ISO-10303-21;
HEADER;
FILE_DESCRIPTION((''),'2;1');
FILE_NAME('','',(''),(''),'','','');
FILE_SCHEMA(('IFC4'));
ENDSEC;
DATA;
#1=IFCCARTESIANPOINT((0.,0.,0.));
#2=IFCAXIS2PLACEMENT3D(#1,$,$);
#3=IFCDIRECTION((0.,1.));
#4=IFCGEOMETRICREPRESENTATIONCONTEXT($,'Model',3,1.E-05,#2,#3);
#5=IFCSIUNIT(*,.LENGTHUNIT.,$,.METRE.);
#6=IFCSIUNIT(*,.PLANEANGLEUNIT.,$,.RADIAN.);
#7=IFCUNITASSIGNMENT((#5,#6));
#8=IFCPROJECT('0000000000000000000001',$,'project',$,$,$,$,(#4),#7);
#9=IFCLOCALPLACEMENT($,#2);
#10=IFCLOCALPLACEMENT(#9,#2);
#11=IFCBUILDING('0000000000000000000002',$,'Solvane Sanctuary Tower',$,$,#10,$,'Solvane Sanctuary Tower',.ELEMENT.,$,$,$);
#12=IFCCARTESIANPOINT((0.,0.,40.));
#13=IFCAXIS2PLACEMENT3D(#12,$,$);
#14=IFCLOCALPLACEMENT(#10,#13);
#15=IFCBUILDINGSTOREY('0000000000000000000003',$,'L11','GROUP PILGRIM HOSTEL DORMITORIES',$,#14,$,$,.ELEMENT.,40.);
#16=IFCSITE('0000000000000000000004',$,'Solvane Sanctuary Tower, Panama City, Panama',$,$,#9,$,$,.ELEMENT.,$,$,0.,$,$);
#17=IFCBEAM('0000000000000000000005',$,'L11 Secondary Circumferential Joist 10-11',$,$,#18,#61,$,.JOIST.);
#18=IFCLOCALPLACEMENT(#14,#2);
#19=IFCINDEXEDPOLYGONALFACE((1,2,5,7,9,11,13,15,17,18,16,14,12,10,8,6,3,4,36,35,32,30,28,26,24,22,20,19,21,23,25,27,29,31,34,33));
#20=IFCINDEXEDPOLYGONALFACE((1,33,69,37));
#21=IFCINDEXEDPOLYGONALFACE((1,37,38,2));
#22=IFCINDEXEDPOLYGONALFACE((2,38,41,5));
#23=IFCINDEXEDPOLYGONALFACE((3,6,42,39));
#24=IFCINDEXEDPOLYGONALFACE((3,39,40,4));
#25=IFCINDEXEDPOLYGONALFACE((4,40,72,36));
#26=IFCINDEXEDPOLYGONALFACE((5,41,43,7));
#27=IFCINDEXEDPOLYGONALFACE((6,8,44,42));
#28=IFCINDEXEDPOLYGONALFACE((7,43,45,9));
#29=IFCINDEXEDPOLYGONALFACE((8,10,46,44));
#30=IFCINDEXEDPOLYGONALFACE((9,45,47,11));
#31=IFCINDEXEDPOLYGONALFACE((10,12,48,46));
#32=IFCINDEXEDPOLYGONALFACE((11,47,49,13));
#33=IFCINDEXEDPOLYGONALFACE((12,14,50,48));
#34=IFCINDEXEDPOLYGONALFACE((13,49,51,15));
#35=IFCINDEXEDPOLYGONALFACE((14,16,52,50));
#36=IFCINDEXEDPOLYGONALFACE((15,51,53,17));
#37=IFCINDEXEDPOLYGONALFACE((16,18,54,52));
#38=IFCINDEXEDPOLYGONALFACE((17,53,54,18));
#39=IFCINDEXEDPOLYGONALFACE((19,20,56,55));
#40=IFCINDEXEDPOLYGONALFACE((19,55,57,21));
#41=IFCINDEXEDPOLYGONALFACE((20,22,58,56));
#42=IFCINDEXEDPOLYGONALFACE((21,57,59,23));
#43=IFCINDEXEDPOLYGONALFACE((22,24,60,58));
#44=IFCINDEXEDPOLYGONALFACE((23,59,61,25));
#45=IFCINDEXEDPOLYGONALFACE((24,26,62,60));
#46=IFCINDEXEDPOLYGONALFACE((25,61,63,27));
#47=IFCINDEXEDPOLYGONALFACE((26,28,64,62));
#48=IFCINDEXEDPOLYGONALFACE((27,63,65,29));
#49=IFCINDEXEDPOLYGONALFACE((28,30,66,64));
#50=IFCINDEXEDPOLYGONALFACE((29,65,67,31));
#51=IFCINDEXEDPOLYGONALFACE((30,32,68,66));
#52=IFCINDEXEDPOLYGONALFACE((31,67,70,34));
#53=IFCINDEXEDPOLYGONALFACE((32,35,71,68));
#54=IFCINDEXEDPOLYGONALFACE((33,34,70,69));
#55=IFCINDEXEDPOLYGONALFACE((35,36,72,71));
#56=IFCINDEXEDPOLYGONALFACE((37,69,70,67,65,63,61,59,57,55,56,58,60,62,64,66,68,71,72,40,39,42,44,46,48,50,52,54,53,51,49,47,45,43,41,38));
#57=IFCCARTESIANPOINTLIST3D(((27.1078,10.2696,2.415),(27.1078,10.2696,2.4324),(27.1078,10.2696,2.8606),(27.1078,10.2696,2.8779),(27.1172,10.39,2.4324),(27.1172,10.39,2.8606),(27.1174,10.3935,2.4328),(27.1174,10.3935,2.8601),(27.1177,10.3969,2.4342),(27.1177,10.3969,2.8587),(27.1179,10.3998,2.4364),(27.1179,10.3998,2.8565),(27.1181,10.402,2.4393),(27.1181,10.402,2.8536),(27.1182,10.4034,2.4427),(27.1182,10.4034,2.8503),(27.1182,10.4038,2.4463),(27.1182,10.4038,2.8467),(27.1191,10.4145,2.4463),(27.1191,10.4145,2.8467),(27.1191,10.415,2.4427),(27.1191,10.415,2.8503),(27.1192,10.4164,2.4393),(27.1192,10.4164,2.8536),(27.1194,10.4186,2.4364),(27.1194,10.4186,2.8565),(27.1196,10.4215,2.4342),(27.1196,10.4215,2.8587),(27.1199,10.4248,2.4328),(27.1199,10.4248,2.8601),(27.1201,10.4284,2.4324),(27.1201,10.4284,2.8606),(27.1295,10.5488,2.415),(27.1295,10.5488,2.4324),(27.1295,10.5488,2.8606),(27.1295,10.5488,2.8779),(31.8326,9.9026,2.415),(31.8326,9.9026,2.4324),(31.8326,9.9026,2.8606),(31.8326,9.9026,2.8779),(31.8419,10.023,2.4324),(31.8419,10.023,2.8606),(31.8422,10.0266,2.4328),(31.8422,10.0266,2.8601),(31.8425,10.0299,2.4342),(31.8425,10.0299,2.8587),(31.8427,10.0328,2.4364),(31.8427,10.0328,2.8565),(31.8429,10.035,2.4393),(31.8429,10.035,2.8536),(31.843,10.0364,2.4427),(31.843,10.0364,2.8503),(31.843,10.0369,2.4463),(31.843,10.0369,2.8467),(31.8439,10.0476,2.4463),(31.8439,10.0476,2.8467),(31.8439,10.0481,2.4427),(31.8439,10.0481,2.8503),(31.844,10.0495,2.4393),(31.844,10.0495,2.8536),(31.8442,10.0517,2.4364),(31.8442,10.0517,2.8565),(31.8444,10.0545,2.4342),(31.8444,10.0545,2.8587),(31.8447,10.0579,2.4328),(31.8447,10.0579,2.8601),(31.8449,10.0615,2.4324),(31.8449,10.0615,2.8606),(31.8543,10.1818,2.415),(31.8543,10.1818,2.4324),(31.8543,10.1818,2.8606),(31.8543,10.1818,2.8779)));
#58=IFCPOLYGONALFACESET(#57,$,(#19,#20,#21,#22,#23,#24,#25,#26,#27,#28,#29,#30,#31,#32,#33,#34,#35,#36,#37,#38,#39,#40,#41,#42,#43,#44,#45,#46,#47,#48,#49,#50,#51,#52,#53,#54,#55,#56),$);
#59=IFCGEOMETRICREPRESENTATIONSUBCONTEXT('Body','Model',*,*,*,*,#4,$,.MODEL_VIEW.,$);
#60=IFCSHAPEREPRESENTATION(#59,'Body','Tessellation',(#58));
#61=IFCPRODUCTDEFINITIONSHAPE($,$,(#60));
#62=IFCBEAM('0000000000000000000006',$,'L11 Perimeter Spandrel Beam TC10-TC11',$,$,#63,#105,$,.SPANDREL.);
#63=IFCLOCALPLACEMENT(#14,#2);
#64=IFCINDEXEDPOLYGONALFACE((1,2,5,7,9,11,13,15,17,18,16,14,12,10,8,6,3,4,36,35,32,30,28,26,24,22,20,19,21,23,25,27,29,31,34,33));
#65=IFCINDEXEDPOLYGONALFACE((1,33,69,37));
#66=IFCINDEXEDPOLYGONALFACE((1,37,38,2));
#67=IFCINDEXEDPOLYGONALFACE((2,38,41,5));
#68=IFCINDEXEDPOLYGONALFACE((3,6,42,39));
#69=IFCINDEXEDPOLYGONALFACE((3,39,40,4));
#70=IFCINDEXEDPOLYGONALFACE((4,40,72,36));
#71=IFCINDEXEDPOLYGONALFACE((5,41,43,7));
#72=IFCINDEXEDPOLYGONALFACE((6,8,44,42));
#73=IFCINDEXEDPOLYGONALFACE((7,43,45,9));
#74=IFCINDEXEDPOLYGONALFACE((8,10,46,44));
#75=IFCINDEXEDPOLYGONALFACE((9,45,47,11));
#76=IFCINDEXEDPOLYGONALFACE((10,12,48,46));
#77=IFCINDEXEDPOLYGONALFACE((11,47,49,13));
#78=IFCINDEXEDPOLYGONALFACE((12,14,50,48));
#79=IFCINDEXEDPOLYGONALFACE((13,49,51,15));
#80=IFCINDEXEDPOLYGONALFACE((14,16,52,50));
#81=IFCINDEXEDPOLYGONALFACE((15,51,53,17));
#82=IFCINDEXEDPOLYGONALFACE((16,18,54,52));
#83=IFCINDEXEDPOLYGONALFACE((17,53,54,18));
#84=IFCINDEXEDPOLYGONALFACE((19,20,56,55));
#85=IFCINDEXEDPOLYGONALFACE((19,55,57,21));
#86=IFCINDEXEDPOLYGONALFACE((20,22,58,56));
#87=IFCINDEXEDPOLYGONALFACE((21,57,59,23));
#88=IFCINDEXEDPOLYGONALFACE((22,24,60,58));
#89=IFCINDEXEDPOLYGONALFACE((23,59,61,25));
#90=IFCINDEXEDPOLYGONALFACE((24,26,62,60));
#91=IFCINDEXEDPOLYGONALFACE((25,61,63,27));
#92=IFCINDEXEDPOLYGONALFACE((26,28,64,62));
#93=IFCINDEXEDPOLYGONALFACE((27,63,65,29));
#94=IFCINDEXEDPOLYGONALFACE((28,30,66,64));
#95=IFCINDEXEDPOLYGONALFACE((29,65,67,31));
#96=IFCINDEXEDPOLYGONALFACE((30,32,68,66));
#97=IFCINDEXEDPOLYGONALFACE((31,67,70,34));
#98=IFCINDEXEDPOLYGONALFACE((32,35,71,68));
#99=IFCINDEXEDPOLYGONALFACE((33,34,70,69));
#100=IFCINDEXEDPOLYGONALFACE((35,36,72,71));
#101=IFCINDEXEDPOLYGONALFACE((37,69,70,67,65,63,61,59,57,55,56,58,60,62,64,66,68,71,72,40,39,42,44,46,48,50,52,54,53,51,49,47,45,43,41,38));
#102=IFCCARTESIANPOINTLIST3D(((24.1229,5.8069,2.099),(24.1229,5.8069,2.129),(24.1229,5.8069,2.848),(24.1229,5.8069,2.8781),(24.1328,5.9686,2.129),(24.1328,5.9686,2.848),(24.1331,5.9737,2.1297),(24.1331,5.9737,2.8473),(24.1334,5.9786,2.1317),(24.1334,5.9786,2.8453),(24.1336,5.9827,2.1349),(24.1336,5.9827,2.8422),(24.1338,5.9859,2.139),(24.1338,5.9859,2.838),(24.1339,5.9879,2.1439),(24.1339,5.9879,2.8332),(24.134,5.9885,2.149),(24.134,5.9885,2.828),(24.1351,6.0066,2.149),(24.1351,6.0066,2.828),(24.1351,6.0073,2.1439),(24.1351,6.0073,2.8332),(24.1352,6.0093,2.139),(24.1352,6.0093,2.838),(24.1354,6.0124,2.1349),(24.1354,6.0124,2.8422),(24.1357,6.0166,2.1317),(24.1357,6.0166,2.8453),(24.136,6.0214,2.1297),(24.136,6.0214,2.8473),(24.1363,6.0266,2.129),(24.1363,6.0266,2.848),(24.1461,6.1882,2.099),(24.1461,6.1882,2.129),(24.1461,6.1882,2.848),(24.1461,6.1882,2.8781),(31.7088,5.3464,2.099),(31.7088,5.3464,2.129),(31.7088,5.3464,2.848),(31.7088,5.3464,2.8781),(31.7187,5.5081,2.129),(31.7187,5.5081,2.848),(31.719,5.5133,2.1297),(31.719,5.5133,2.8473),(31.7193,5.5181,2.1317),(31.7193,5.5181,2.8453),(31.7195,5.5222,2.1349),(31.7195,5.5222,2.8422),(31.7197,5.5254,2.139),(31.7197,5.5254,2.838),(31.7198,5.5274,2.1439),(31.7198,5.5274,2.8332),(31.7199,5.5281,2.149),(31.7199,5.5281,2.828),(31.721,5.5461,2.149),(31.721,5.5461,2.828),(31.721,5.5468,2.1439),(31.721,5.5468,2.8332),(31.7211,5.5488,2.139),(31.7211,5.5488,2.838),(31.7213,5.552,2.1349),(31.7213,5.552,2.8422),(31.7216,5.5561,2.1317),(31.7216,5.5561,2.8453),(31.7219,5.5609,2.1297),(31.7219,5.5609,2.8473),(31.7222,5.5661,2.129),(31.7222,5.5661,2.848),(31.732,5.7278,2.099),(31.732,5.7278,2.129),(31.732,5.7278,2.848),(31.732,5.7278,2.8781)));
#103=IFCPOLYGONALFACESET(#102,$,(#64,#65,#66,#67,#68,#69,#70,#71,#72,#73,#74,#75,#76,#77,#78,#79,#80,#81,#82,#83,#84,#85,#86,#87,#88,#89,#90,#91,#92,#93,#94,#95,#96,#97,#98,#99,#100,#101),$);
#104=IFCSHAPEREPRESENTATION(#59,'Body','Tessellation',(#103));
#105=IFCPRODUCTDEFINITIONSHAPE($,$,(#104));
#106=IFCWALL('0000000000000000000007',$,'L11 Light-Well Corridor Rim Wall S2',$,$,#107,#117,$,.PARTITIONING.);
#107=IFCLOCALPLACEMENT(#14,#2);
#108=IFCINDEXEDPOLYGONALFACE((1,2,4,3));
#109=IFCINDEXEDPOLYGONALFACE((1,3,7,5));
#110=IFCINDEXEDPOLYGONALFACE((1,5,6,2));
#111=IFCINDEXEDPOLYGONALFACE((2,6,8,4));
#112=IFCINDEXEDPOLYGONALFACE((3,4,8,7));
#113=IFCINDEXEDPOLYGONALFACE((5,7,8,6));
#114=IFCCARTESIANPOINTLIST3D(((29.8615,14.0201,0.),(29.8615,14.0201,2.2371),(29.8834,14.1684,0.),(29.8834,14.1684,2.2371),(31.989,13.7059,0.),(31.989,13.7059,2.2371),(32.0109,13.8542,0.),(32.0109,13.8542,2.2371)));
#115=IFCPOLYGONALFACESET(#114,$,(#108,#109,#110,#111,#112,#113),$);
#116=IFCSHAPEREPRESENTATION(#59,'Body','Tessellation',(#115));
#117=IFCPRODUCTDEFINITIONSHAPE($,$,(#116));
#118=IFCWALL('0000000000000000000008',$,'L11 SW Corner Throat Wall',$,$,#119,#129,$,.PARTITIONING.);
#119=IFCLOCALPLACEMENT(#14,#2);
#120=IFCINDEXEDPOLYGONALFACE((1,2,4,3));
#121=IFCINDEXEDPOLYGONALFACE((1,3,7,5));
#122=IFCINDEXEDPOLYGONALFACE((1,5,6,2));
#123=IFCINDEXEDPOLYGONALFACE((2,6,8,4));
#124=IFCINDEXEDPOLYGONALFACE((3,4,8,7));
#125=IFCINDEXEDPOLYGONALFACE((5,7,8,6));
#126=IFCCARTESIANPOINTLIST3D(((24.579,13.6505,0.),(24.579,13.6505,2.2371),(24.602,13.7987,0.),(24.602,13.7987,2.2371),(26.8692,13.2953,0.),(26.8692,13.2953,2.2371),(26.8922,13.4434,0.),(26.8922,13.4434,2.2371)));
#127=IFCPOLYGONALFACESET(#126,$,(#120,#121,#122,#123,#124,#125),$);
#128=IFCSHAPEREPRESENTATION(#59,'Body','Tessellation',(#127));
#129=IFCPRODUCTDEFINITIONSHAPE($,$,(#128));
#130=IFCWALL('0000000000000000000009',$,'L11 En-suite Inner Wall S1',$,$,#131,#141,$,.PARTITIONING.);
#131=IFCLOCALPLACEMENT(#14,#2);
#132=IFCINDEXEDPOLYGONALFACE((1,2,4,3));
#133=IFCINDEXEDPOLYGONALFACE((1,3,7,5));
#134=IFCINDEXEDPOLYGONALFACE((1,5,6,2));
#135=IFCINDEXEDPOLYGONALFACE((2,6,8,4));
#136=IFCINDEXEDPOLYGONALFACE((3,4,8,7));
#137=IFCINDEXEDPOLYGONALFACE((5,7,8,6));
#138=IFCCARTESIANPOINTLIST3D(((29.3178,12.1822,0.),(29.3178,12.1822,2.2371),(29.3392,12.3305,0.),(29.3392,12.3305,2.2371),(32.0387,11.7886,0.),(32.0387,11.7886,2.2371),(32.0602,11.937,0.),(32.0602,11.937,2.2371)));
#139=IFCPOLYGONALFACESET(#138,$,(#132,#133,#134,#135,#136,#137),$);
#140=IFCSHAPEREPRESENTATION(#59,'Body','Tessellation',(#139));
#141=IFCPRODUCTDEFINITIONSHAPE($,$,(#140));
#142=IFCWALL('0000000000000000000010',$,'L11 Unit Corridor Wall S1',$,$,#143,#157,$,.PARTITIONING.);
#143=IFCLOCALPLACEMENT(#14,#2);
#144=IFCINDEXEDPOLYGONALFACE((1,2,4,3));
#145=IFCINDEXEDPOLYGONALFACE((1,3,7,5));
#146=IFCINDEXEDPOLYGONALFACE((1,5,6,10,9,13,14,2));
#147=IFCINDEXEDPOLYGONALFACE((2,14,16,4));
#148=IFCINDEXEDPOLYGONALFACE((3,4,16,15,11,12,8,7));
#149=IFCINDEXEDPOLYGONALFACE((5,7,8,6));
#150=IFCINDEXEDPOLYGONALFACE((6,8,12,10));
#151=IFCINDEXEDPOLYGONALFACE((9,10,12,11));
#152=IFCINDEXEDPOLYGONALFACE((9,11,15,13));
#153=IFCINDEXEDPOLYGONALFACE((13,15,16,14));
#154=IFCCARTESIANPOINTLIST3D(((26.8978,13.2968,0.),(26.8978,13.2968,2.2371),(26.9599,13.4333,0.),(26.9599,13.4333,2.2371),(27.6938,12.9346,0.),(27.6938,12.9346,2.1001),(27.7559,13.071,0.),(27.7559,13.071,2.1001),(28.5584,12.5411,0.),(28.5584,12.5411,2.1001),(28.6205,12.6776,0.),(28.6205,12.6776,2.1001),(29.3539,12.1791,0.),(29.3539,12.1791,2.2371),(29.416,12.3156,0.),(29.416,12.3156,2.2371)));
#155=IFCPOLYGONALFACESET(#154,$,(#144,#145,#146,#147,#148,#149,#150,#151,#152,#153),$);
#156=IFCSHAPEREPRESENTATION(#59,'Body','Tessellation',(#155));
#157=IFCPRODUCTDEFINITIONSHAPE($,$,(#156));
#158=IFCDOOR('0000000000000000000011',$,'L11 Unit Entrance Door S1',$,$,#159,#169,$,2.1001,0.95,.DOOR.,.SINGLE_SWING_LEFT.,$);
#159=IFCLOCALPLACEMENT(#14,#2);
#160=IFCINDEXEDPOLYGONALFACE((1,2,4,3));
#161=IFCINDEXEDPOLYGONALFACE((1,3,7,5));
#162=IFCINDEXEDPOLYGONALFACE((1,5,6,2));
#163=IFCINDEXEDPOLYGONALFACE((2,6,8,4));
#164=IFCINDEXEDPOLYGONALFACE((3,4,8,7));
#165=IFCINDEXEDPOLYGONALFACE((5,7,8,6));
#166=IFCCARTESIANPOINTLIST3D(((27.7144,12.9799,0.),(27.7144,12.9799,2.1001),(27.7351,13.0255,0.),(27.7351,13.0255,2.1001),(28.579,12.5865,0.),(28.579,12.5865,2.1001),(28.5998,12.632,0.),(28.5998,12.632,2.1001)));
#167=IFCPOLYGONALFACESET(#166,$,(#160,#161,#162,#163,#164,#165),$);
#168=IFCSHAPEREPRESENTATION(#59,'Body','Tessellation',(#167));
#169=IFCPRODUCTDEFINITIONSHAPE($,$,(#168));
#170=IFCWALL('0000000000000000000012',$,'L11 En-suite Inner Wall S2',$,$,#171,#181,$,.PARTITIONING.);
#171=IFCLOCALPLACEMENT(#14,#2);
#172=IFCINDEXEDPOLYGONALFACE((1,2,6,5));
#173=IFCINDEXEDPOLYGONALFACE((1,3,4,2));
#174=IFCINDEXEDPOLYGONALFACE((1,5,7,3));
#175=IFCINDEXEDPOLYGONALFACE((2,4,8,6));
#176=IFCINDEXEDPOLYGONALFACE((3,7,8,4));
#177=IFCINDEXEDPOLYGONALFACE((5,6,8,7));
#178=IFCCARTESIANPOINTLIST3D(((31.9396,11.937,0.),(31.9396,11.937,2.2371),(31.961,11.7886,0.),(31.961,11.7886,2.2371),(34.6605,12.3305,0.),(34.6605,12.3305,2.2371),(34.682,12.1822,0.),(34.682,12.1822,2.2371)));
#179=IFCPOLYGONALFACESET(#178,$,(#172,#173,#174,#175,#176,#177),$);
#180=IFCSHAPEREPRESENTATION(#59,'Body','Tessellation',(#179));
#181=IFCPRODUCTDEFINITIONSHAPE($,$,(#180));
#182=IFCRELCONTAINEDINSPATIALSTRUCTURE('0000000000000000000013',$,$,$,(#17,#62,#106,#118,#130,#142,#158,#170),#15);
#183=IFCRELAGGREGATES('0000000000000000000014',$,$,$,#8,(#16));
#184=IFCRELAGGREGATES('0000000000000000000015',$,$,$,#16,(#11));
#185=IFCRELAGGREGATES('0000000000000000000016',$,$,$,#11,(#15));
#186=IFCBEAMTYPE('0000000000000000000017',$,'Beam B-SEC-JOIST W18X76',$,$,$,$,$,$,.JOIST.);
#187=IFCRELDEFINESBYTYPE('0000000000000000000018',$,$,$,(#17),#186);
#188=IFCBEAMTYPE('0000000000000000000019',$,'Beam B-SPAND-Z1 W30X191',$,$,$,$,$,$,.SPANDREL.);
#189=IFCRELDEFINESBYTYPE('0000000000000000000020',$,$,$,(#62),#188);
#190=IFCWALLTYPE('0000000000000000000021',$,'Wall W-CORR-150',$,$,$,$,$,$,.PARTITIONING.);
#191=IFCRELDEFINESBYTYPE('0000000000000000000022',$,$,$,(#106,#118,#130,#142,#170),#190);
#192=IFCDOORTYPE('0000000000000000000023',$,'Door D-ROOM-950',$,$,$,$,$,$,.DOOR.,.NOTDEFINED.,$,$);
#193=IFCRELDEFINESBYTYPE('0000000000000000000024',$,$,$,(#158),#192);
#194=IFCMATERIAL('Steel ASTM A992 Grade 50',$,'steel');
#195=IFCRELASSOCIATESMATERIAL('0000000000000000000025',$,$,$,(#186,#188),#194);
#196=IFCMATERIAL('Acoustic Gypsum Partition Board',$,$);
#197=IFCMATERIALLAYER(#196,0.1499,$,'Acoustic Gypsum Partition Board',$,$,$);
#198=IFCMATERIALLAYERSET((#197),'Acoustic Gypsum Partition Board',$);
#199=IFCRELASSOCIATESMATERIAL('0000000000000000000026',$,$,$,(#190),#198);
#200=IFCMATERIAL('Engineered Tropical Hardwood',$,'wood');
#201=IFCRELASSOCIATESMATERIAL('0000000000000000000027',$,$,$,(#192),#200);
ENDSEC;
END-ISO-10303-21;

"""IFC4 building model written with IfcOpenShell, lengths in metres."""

from ifc_helpers import new_model, si_unit, direction, frame, frame_2d, origin, origin_2d, place, context, subcontext, project, spatial, rectangle, i_section, extrude, material, layer, layer_set, material_profile, profile_set, type_object, element, fill, save


model = new_model("IFC4")

# Units and contexts
model_context = context("Model", 3, precision=1e-05, world=origin(), true_north=direction((0.0, 1.0)))
body_context = subcontext(model_context, "Body", "Model", "MODEL_VIEW")
ifc_project = project(units=[si_unit("LENGTHUNIT", "METRE"), si_unit("PLANEANGLEUNIT", "RADIAN")], contexts=[model_context])

# Site, building, storey
site_placement = place(None, origin())
site = spatial("IfcSite", under=ifc_project, at=site_placement, Name="Solvane Sanctuary Tower, Panama City, Panama", CompositionType="ELEMENT", RefElevation=0.0)
building_placement = place(site_placement, origin())
building = spatial("IfcBuilding", under=site, at=building_placement, Name="Solvane Sanctuary Tower", LongName="Solvane Sanctuary Tower", CompositionType="ELEMENT")
storey_placement = place(building_placement, frame((0.0, 0.0, 40.0)))
storey = spatial("IfcBuildingStorey", under=building, at=storey_placement, Name="L11", Description="GROUP PILGRIM HOSTEL DORMITORIES", CompositionType="ELEMENT", Elevation=40.0)

# Beams
ifc_material_1 = material(Name="Steel ASTM A992 Grade 50", Category="steel")
ifc_material_profile_1 = material_profile(ifc_material_1, i_section(OverallWidth=0.28, OverallDepth=0.4629, WebThickness=0.0107, FlangeThickness=0.0173, FilletRadius=0.0139, at=origin_2d()), Name="W18X76")
ifc_profile_set_1 = profile_set([ifc_material_profile_1], Name="Steel ASTM A992 Grade 50")
beam_type_1 = type_object("IfcBeamType", Name="Beam B-SEC-JOIST W18X76", PredefinedType="JOIST", material=ifc_profile_set_1)
beam_1_placement = place(storey_placement, frame((27.1187, 10.4092, 2.6465), z_axis=(0.996998, -0.077429, 0.0), x_axis=(0.077429, 0.996998, 0.0)))
element("IfcBeam", 1, at=beam_1_placement, inside=storey, type_object=beam_type_1, Name="L11 Secondary Circumferential Joist 10-11", PredefinedType="JOIST", context=body_context, shape_type="SweptSolid", body=[
    extrude(i_section(OverallWidth=0.28, OverallDepth=0.4629, WebThickness=0.0107, FlangeThickness=0.0173, FilletRadius=0.0139, at=origin_2d()), origin(), (0.0, 0.0, 1.0), 4.739),
])
ifc_material_profile_2 = material_profile(ifc_material_1, i_section(OverallWidth=0.3821, OverallDepth=0.7791, WebThickness=0.0181, FlangeThickness=0.03, FilletRadius=0.02, at=origin_2d()), Name="W30X191")
ifc_profile_set_2 = profile_set([ifc_material_profile_2], Name="Steel ASTM A992 Grade 50")
beam_type_2 = type_object("IfcBeamType", Name="Beam B-SPAND-Z1 W30X191", PredefinedType="SPANDREL", material=ifc_profile_set_2)
beam_2_placement = place(storey_placement, frame((24.1345, 5.9976, 2.4885), z_axis=(0.998163, -0.060586, 0.0), x_axis=(0.060586, 0.998163, 0.0)))
element("IfcBeam", 2, at=beam_2_placement, inside=storey, type_object=beam_type_2, Name="L11 Perimeter Spandrel Beam TC10-TC11", PredefinedType="SPANDREL", context=body_context, shape_type="SweptSolid", body=[
    extrude(i_section(OverallWidth=0.3821, OverallDepth=0.7791, WebThickness=0.0181, FlangeThickness=0.03, FilletRadius=0.02, at=origin_2d()), origin(), (0.0, 0.0, 1.0), 7.5999),
])

# Walls
ifc_material_2 = material(Name="Acoustic Gypsum Partition Board")
ifc_layer_1 = layer(ifc_material_2, 0.1499, Name="Acoustic Gypsum Partition Board")
ifc_layer_set_1 = layer_set([ifc_layer_1], Name="Acoustic Gypsum Partition Board")
wall_type_1 = type_object("IfcWallType", Name="Wall W-CORR-150", PredefinedType="PARTITIONING", material=ifc_layer_set_1)
wall_1_placement = place(storey_placement, frame((29.8726, 14.0942, 0.0), z_axis=(0.0, 0.0, 1.0), x_axis=(0.989269, -0.146108, 0.0)))
element("IfcWall", 3, at=wall_1_placement, inside=storey, type_object=wall_type_1, Name="L11 Light-Well Corridor Rim Wall S2", PredefinedType="PARTITIONING", context=body_context, shape_type="SweptSolid", body=[
    extrude(rectangle(XDim=2.1506, YDim=0.1499, at=frame_2d((1.0752, 0.0))), origin(), (0.0, 0.0, 1.0), 2.2371),
])
wall_2_placement = place(storey_placement, frame((26.8806, 13.3694, 0.0), z_axis=(0.0, 0.0, 1.0), x_axis=(-0.988185, 0.153268, 0.0)))
element("IfcWall", 4, at=wall_2_placement, inside=storey, type_object=wall_type_1, Name="L11 SW Corner Throat Wall", PredefinedType="PARTITIONING", context=body_context, shape_type="SweptSolid", body=[
    extrude(rectangle(XDim=2.3176, YDim=0.1499, at=frame_2d((1.1587, 0.0))), origin(), (0.0, 0.0, 1.0), 2.2371),
])
wall_3_placement = place(storey_placement, frame((29.3286, 12.2563, 0.0), z_axis=(0.0, 0.0, 1.0), x_axis=(0.989701, -0.143149, 0.0)))
element("IfcWall", 5, at=wall_3_placement, inside=storey, type_object=wall_type_1, Name="L11 En-suite Inner Wall S1", PredefinedType="PARTITIONING", context=body_context, shape_type="SweptSolid", body=[
    extrude(rectangle(XDim=2.7493, YDim=0.1499, at=frame_2d((1.3745, 0.0))), origin(), (0.0, 0.0, 1.0), 2.2371),
])

# Wall, opening, door
wall_4_placement = place(storey_placement, frame((26.929, 13.365, 0.0), z_axis=(0.0, 0.0, 1.0), x_axis=(0.910187, -0.414198, 0.0)))
wall_4 = element("IfcWall", 6, at=wall_4_placement, inside=storey, type_object=wall_type_1, Name="L11 Unit Corridor Wall S1", PredefinedType="PARTITIONING", context=body_context, shape_type="SweptSolid", body=[
    extrude(rectangle(XDim=2.6985, YDim=0.1499, at=frame_2d((1.3491, 0.0))), origin(), (0.0, 0.0, 1.0), 2.2371),
])
opening_1_placement = place(wall_4_placement, frame((0.8743, 0.0, 0.0)))
opening_1 = element("IfcOpeningElement", 7, at=opening_1_placement, cuts=wall_4, PredefinedType="OPENING", context=body_context, shape_type="SweptSolid", body=[
    extrude(rectangle(XDim=0.95, YDim=2.1001, at=frame_2d((0.4751, 1.05))), frame((0.0, 0.085, 0.0), z_axis=(0.0, -1.0, 0.0), x_axis=(1.0, 0.0, 0.0)), (0.0, 0.0, 1.0), 0.1699),
])
ifc_material_3 = material(Name="Engineered Tropical Hardwood", Category="wood")
door_type_1 = type_object("IfcDoorType", Name="Door D-ROOM-950", OperationType="NOTDEFINED", PredefinedType="DOOR", material=ifc_material_3)
door_1_placement = place(opening_1_placement, origin())
door_1 = element("IfcDoor", 8, at=door_1_placement, inside=storey, type_object=door_type_1, Name="L11 Unit Entrance Door S1", OperationType="SINGLE_SWING_LEFT", OverallHeight=2.1001, OverallWidth=0.95, PredefinedType="DOOR", context=body_context, shape_type="SweptSolid", body=[
    extrude(rectangle(XDim=0.95, YDim=2.1001, at=frame_2d((0.4751, 1.05))), frame((0.0, 0.0249, 0.0), z_axis=(0.0, -1.0, 0.0), x_axis=(1.0, 0.0, 0.0)), (0.0, 0.0, 1.0), 0.05),
])
fill(opening_1, door_1)

# Wall
wall_5_placement = place(storey_placement, frame((31.9504, 11.8628, 0.0), z_axis=(0.0, 0.0, 1.0), x_axis=(0.989701, 0.143149, 0.0)))
element("IfcWall", 9, at=wall_5_placement, inside=storey, type_object=wall_type_1, Name="L11 En-suite Inner Wall S2", PredefinedType="PARTITIONING", context=body_context, shape_type="SweptSolid", body=[
    extrude(rectangle(XDim=2.7493, YDim=0.1499, at=frame_2d((1.3745, 0.0))), origin(), (0.0, 0.0, 1.0), 2.2371),
])

save(model, "model.ifc")
